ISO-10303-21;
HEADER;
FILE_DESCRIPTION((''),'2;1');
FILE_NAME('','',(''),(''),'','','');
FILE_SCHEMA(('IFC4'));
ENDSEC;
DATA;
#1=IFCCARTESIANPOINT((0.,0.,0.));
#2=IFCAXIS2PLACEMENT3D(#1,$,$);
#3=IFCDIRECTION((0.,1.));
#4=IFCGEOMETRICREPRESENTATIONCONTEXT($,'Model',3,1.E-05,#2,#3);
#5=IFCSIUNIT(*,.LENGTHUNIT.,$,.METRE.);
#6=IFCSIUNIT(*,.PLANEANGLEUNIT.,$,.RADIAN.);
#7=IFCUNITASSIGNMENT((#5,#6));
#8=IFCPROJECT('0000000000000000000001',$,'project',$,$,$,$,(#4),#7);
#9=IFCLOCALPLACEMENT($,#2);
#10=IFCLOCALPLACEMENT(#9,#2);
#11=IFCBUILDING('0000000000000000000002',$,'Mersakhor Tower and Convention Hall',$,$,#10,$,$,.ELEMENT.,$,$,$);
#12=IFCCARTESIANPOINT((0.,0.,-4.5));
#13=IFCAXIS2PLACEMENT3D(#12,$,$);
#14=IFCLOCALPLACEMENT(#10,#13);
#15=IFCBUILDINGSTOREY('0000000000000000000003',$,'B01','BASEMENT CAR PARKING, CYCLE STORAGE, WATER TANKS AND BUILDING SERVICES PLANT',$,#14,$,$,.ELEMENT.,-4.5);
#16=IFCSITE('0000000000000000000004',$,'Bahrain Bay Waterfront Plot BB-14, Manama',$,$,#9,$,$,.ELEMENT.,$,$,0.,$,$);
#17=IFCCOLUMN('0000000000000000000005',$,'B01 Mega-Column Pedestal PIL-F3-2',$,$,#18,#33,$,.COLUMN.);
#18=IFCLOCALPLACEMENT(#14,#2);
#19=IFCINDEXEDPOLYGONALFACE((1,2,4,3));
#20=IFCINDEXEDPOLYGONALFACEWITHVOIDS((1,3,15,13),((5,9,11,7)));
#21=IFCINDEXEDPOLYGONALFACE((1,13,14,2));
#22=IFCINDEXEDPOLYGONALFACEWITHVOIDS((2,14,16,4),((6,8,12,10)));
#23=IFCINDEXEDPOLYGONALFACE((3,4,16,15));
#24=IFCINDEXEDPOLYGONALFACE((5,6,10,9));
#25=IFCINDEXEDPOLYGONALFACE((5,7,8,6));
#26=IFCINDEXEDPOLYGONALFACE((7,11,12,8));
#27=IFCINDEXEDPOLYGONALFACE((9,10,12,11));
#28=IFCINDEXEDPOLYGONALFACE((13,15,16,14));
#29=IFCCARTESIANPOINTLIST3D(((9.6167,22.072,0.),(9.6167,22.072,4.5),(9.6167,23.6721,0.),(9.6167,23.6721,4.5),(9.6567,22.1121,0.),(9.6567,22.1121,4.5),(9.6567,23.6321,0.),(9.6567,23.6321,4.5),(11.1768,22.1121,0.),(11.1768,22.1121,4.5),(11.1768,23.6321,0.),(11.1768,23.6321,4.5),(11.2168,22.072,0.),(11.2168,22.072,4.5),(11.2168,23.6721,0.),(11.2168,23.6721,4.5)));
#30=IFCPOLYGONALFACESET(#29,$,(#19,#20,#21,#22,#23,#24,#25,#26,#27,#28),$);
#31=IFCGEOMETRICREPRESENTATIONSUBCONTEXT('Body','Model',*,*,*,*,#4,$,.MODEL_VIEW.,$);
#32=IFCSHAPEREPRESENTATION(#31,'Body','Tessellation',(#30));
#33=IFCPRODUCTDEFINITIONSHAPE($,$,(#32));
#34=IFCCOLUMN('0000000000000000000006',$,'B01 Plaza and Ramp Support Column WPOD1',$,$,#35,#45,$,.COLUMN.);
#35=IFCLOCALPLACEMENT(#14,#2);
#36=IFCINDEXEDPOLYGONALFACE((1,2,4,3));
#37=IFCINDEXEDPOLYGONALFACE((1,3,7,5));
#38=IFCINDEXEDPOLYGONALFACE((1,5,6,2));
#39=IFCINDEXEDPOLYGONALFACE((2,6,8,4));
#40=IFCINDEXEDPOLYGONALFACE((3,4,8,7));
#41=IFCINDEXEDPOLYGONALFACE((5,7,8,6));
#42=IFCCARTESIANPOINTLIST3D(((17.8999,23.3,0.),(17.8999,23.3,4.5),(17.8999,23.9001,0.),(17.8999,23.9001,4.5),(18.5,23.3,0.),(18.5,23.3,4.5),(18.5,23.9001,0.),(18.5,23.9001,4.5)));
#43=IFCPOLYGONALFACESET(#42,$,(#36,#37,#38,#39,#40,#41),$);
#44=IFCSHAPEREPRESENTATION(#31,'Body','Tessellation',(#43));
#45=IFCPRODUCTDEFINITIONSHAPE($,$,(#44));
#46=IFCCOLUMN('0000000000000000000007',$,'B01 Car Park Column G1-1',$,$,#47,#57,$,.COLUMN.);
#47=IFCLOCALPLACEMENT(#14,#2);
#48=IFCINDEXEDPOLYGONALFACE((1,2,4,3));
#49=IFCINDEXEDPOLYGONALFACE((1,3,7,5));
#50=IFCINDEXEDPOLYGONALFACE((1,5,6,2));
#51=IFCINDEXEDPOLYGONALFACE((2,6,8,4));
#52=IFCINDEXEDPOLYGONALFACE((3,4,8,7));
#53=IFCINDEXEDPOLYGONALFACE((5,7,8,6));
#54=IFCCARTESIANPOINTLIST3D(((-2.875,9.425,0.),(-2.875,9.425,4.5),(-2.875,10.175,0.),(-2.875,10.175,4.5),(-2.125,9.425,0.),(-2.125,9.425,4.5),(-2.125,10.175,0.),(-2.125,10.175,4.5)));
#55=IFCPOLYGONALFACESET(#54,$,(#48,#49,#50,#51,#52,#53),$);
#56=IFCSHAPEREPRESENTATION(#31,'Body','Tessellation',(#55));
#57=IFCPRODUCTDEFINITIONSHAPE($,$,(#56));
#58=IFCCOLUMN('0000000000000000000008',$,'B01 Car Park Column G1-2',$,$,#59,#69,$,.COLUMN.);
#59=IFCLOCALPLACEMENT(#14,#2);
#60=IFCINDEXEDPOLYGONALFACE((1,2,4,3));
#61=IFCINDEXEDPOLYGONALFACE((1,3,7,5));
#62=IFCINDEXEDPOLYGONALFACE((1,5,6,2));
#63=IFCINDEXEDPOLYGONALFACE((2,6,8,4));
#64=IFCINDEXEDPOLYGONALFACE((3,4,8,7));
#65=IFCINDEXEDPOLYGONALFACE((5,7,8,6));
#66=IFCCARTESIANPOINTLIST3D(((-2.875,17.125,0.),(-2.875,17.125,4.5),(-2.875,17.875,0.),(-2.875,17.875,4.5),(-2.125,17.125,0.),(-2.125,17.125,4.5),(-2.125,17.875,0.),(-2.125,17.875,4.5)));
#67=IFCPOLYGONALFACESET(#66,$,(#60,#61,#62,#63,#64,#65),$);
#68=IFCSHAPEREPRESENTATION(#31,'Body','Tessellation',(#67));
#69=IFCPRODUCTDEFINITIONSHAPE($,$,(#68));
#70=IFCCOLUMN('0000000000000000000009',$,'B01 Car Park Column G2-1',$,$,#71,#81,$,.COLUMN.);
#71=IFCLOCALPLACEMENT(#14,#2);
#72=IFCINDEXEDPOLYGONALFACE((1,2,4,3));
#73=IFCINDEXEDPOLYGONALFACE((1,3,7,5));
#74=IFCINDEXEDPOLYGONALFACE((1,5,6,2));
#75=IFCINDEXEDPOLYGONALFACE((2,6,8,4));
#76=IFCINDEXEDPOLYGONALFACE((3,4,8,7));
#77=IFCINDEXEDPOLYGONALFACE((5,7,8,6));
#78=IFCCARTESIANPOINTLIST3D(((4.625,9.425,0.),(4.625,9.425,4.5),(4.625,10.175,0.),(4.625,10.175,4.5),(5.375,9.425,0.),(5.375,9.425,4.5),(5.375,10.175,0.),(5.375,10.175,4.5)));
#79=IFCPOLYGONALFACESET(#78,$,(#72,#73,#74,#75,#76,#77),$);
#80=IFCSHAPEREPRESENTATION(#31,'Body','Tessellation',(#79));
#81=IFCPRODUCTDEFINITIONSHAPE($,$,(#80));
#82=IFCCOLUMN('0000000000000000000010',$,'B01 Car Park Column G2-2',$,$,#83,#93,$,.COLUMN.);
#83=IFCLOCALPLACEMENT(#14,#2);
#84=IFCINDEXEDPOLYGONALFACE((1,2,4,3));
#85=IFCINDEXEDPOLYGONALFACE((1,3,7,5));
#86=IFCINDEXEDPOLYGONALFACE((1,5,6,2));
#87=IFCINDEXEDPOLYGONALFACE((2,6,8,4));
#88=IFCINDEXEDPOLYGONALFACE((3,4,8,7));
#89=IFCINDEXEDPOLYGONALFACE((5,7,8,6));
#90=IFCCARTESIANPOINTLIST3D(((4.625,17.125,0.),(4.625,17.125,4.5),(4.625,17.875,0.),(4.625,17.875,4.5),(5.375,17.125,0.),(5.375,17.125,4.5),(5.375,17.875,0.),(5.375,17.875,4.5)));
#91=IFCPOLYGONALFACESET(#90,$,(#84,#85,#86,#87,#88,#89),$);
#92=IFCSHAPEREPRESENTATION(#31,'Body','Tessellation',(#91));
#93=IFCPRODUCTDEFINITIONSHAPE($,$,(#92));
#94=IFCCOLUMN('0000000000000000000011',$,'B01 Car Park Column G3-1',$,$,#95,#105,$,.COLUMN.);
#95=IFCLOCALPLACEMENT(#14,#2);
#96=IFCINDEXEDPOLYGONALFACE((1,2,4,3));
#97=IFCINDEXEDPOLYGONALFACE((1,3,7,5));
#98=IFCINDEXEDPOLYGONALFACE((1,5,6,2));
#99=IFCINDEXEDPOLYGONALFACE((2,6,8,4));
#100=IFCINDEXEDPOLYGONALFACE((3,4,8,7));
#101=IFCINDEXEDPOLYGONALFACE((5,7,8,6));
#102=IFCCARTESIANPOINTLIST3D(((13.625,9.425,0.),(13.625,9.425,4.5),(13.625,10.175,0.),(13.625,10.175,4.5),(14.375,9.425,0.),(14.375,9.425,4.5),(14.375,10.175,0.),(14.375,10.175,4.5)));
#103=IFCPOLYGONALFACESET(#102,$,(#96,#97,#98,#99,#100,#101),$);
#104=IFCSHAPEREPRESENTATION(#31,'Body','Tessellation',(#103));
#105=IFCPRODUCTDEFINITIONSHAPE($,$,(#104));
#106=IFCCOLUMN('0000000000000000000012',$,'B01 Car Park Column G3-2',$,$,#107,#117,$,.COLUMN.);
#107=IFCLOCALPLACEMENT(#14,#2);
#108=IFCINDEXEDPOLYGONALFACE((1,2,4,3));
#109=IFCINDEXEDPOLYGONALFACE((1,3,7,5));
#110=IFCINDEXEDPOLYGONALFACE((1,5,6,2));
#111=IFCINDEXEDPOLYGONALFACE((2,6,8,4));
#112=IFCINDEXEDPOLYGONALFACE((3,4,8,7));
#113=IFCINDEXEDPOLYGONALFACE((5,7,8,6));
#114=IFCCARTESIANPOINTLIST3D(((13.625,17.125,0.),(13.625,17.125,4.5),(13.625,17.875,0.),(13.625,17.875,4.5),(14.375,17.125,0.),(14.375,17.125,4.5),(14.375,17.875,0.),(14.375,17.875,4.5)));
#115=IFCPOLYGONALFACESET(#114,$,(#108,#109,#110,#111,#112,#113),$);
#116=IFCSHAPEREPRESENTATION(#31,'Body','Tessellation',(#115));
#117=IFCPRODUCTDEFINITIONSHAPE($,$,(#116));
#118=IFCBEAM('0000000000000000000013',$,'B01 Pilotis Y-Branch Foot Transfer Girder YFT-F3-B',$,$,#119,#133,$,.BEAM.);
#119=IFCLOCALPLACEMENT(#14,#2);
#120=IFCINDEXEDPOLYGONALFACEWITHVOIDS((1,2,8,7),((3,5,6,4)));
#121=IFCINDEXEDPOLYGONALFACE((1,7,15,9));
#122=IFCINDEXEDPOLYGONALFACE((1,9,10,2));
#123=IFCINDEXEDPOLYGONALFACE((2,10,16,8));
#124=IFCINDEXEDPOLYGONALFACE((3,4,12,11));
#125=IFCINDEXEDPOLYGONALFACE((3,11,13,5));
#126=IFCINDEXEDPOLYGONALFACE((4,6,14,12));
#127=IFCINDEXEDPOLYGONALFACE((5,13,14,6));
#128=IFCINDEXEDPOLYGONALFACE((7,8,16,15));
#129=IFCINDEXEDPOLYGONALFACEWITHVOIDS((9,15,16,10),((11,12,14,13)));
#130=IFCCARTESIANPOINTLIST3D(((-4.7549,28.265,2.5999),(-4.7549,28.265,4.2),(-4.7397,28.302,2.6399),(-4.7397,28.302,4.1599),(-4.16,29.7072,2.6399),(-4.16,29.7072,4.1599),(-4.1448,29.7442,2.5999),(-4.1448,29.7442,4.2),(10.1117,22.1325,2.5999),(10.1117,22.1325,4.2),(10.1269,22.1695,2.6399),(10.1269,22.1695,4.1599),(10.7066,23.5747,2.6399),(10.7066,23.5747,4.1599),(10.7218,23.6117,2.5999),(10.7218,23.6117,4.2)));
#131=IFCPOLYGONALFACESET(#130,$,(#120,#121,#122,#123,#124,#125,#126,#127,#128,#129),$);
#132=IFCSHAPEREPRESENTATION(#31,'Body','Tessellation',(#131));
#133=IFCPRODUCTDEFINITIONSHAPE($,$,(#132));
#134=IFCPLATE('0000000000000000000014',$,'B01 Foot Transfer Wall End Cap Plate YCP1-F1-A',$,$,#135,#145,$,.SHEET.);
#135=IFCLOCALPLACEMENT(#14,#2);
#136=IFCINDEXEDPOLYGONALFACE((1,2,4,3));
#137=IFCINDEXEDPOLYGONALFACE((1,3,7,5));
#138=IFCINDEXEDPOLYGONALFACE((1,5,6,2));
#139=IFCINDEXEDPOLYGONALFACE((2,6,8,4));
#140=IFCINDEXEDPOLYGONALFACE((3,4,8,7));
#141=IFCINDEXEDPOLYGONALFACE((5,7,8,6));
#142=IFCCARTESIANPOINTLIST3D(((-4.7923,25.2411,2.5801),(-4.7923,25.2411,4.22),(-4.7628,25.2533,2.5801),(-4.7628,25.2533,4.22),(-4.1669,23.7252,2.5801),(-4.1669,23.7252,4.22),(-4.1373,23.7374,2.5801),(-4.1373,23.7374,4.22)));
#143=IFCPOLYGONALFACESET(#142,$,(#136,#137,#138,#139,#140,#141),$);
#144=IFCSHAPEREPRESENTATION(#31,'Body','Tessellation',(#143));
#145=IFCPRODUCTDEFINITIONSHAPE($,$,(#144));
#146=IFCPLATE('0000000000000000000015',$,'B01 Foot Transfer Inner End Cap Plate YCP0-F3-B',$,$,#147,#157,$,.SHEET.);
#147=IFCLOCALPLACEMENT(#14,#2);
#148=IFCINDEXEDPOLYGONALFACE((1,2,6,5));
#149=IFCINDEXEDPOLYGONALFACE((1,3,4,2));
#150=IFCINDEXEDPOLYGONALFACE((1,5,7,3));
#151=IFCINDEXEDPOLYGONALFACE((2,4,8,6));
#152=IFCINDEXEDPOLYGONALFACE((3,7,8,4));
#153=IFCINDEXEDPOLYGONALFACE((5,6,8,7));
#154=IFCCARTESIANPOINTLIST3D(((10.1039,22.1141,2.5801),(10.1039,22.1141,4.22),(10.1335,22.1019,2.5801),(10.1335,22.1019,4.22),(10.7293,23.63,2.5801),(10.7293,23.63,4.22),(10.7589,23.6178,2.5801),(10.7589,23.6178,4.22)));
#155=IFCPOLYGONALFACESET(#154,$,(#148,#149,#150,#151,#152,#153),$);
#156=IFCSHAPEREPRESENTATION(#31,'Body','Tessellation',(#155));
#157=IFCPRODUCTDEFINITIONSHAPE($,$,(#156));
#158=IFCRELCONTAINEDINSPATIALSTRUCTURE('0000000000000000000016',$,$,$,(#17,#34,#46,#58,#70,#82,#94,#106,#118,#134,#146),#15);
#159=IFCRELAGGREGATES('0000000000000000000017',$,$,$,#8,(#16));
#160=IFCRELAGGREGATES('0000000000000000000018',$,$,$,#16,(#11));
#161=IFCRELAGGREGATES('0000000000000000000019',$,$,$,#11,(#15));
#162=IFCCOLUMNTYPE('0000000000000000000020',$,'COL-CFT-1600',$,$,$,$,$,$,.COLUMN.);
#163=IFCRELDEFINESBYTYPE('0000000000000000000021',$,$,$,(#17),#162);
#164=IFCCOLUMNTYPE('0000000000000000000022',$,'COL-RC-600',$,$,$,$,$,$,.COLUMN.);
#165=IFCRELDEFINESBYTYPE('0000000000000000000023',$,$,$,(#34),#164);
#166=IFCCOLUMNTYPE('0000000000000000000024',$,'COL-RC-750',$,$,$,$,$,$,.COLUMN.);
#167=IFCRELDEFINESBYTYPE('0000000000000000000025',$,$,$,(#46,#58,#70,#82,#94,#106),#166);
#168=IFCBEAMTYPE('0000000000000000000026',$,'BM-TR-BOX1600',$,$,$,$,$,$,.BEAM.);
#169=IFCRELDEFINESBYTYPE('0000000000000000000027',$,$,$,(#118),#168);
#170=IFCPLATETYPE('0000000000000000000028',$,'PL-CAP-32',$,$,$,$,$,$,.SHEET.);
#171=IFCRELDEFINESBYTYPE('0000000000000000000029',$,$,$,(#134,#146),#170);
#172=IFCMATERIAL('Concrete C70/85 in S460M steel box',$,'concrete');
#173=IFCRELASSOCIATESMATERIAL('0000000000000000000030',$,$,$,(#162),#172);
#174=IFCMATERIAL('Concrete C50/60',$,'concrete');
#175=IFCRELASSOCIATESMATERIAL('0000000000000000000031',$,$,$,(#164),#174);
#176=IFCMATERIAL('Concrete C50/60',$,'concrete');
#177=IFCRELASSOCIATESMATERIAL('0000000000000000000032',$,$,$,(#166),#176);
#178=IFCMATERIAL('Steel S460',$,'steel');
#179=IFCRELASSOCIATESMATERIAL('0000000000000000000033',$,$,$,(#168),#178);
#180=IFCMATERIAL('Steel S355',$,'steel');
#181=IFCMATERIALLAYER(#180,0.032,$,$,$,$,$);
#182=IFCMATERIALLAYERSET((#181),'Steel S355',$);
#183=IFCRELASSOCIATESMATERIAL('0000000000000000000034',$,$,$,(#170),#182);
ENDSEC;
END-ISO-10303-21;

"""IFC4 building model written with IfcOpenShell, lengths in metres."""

from ifc_helpers import new_model, si_unit, direction, frame, origin, origin_2d, place, context, subcontext, project, spatial, rectangle, hollow_rectangle, extrude, material, layer, layer_set, material_profile, profile_set, type_object, element, save


model = new_model("IFC4")

# Units and contexts
model_context = context("Model", 3, precision=1e-05, world=origin(), true_north=direction((0.0, 1.0)))
body_context = subcontext(model_context, "Body", "Model", "MODEL_VIEW")
ifc_project = project(units=[si_unit("LENGTHUNIT", "METRE"), si_unit("PLANEANGLEUNIT", "RADIAN")], contexts=[model_context])

# Site, building, storey
site_placement = place(None, origin())
site = spatial("IfcSite", under=ifc_project, at=site_placement, Name="Bahrain Bay Waterfront Plot BB-14, Manama", CompositionType="ELEMENT", RefElevation=0.0)
building_placement = place(site_placement, origin())
building = spatial("IfcBuilding", under=site, at=building_placement, Name="Mersakhor Tower and Convention Hall", CompositionType="ELEMENT")
storey_placement = place(building_placement, frame((0.0, 0.0, -4.5)))
storey = spatial("IfcBuildingStorey", under=building, at=storey_placement, Name="B01", Description="BASEMENT CAR PARKING, CYCLE STORAGE, WATER TANKS AND BUILDING SERVICES PLANT", CompositionType="ELEMENT", Elevation=-4.5)

# Columns
ifc_material_1 = material(Name="Concrete C70/85 in S460M steel box", Category="concrete")
ifc_material_profile_1 = material_profile(ifc_material_1, hollow_rectangle(XDim=1.6001, YDim=1.6001, WallThickness=0.04, at=origin_2d()), Name="SHS 1600x1600x40")
ifc_profile_set_1 = profile_set([ifc_material_profile_1], Name="Concrete C70/85 in S460M steel box")
column_type_1 = type_object("IfcColumnType", Name="COL-CFT-1600", PredefinedType="COLUMN", material=ifc_profile_set_1)
column_1_placement = place(storey_placement, frame((10.4167, 22.8721, 0.0), z_axis=(0.0, 0.0, 1.0), x_axis=(1.0, 0.0, 0.0)))
element("IfcColumn", 1, at=column_1_placement, inside=storey, type_object=column_type_1, Name="B01 Mega-Column Pedestal PIL-F3-2", PredefinedType="COLUMN", context=body_context, shape_type="SweptSolid", body=[
    extrude(hollow_rectangle(XDim=1.6001, YDim=1.6001, WallThickness=0.04, at=origin_2d()), origin(), (0.0, 0.0, 1.0), 4.5),
])
ifc_material_2 = material(Name="Concrete C50/60", Category="concrete")
ifc_material_profile_2 = material_profile(ifc_material_2, rectangle(XDim=0.6001, YDim=0.6001, at=origin_2d()), Name="RC 600x600")
ifc_profile_set_2 = profile_set([ifc_material_profile_2], Name="Concrete C50/60")
column_type_2 = type_object("IfcColumnType", Name="COL-RC-600", PredefinedType="COLUMN", material=ifc_profile_set_2)
column_2_placement = place(storey_placement, frame((18.2, 23.6001, 0.0), z_axis=(0.0, 0.0, 1.0), x_axis=(1.0, 0.0, 0.0)))
element("IfcColumn", 2, at=column_2_placement, inside=storey, type_object=column_type_2, Name="B01 Plaza and Ramp Support Column WPOD1", PredefinedType="COLUMN", context=body_context, shape_type="SweptSolid", body=[
    extrude(rectangle(XDim=0.6001, YDim=0.6001, at=origin_2d()), origin(), (0.0, 0.0, 1.0), 4.5),
])
ifc_material_3 = material(Name="Concrete C50/60", Category="concrete")
ifc_material_profile_3 = material_profile(ifc_material_3, rectangle(XDim=0.75, YDim=0.75, at=origin_2d()), Name="RC 750x750")
ifc_profile_set_3 = profile_set([ifc_material_profile_3], Name="Concrete C50/60")
column_type_3 = type_object("IfcColumnType", Name="COL-RC-750", PredefinedType="COLUMN", material=ifc_profile_set_3)
for number, where, z_axis, x_axis, name in (
    (3, (-2.5, 9.8, 0.0), (0.0, 0.0, 1.0), (1.0, 0.0, 0.0), "B01 Car Park Column G1-1"),
    (4, (-2.5, 17.5, 0.0), (0.0, 0.0, 1.0), (1.0, 0.0, 0.0), "B01 Car Park Column G1-2"),
    (5, (5.0, 9.8, 0.0), (0.0, 0.0, 1.0), (1.0, 0.0, 0.0), "B01 Car Park Column G2-1"),
    (6, (5.0, 17.5, 0.0), (0.0, 0.0, 1.0), (1.0, 0.0, 0.0), "B01 Car Park Column G2-2"),
    (7, (14.0, 9.8, 0.0), (0.0, 0.0, 1.0), (1.0, 0.0, 0.0), "B01 Car Park Column G3-1"),
    (8, (14.0, 17.5, 0.0), (0.0, 0.0, 1.0), (1.0, 0.0, 0.0), "B01 Car Park Column G3-2"),
):
    element("IfcColumn", number, at=place(storey_placement, frame(where, z_axis=z_axis, x_axis=x_axis)), inside=storey, type_object=column_type_3, Name=name, PredefinedType="COLUMN", context=body_context, shape_type="SweptSolid", body=[
        extrude(rectangle(XDim=0.75, YDim=0.75, at=origin_2d()), origin(), (0.0, 0.0, 1.0), 4.5),
    ])

# Beam
ifc_material_4 = material(Name="Steel S460", Category="steel")
ifc_material_profile_4 = material_profile(ifc_material_4, hollow_rectangle(XDim=1.6001, YDim=1.6001, WallThickness=0.04, at=origin_2d()), Name="SHS 1600x1600x40")
ifc_profile_set_4 = profile_set([ifc_material_profile_4], Name="Steel S460")
beam_type = type_object("IfcBeamType", Name="BM-TR-BOX1600", PredefinedType="BEAM", material=ifc_profile_set_4)
beam_placement = place(storey_placement, frame((10.4167, 22.8721, 3.3999), z_axis=(-0.924437, 0.381334, 0.0), x_axis=(-0.381334, -0.924437, 0.0)))
element("IfcBeam", 9, at=beam_placement, inside=storey, type_object=beam_type, Name="B01 Pilotis Y-Branch Foot Transfer Girder YFT-F3-B", PredefinedType="BEAM", context=body_context, shape_type="SweptSolid", body=[
    extrude(hollow_rectangle(XDim=1.6001, YDim=1.6001, WallThickness=0.04, at=origin_2d()), origin(), (0.0, 0.0, 1.0), 16.0818),
])

# Plates
ifc_material_5 = material(Name="Steel S355", Category="steel")
ifc_layer_1 = layer(ifc_material_5, 0.032)
ifc_layer_set_1 = layer_set([ifc_layer_1], Name="Steel S355")
plate_type = type_object("IfcPlateType", Name="PL-CAP-32", PredefinedType="SHEET", material=ifc_layer_set_1)
for number, where, z_axis, x_axis, name in (
    (10, (-4.4648, 24.4893, 2.5801), (0.0, 0.0, 1.0), (-0.924413, -0.381393, 0.0), "B01 Foot Transfer Wall End Cap Plate YCP1-F1-A"),
    (11, (10.4314, 22.866, 2.5801), (0.0, 0.0, 1.0), (-0.924413, 0.381393, 0.0), "B01 Foot Transfer Inner End Cap Plate YCP0-F3-B"),
):
    element("IfcPlate", number, at=place(storey_placement, frame(where, z_axis=z_axis, x_axis=x_axis)), inside=storey, type_object=plate_type, Name=name, PredefinedType="SHEET", context=body_context, shape_type="SweptSolid", body=[
        extrude(rectangle(XDim=0.032, YDim=1.6399, at=origin_2d()), origin(), (0.0, 0.0, 1.0), 1.6399),
    ])

save(model, "model.ifc")
